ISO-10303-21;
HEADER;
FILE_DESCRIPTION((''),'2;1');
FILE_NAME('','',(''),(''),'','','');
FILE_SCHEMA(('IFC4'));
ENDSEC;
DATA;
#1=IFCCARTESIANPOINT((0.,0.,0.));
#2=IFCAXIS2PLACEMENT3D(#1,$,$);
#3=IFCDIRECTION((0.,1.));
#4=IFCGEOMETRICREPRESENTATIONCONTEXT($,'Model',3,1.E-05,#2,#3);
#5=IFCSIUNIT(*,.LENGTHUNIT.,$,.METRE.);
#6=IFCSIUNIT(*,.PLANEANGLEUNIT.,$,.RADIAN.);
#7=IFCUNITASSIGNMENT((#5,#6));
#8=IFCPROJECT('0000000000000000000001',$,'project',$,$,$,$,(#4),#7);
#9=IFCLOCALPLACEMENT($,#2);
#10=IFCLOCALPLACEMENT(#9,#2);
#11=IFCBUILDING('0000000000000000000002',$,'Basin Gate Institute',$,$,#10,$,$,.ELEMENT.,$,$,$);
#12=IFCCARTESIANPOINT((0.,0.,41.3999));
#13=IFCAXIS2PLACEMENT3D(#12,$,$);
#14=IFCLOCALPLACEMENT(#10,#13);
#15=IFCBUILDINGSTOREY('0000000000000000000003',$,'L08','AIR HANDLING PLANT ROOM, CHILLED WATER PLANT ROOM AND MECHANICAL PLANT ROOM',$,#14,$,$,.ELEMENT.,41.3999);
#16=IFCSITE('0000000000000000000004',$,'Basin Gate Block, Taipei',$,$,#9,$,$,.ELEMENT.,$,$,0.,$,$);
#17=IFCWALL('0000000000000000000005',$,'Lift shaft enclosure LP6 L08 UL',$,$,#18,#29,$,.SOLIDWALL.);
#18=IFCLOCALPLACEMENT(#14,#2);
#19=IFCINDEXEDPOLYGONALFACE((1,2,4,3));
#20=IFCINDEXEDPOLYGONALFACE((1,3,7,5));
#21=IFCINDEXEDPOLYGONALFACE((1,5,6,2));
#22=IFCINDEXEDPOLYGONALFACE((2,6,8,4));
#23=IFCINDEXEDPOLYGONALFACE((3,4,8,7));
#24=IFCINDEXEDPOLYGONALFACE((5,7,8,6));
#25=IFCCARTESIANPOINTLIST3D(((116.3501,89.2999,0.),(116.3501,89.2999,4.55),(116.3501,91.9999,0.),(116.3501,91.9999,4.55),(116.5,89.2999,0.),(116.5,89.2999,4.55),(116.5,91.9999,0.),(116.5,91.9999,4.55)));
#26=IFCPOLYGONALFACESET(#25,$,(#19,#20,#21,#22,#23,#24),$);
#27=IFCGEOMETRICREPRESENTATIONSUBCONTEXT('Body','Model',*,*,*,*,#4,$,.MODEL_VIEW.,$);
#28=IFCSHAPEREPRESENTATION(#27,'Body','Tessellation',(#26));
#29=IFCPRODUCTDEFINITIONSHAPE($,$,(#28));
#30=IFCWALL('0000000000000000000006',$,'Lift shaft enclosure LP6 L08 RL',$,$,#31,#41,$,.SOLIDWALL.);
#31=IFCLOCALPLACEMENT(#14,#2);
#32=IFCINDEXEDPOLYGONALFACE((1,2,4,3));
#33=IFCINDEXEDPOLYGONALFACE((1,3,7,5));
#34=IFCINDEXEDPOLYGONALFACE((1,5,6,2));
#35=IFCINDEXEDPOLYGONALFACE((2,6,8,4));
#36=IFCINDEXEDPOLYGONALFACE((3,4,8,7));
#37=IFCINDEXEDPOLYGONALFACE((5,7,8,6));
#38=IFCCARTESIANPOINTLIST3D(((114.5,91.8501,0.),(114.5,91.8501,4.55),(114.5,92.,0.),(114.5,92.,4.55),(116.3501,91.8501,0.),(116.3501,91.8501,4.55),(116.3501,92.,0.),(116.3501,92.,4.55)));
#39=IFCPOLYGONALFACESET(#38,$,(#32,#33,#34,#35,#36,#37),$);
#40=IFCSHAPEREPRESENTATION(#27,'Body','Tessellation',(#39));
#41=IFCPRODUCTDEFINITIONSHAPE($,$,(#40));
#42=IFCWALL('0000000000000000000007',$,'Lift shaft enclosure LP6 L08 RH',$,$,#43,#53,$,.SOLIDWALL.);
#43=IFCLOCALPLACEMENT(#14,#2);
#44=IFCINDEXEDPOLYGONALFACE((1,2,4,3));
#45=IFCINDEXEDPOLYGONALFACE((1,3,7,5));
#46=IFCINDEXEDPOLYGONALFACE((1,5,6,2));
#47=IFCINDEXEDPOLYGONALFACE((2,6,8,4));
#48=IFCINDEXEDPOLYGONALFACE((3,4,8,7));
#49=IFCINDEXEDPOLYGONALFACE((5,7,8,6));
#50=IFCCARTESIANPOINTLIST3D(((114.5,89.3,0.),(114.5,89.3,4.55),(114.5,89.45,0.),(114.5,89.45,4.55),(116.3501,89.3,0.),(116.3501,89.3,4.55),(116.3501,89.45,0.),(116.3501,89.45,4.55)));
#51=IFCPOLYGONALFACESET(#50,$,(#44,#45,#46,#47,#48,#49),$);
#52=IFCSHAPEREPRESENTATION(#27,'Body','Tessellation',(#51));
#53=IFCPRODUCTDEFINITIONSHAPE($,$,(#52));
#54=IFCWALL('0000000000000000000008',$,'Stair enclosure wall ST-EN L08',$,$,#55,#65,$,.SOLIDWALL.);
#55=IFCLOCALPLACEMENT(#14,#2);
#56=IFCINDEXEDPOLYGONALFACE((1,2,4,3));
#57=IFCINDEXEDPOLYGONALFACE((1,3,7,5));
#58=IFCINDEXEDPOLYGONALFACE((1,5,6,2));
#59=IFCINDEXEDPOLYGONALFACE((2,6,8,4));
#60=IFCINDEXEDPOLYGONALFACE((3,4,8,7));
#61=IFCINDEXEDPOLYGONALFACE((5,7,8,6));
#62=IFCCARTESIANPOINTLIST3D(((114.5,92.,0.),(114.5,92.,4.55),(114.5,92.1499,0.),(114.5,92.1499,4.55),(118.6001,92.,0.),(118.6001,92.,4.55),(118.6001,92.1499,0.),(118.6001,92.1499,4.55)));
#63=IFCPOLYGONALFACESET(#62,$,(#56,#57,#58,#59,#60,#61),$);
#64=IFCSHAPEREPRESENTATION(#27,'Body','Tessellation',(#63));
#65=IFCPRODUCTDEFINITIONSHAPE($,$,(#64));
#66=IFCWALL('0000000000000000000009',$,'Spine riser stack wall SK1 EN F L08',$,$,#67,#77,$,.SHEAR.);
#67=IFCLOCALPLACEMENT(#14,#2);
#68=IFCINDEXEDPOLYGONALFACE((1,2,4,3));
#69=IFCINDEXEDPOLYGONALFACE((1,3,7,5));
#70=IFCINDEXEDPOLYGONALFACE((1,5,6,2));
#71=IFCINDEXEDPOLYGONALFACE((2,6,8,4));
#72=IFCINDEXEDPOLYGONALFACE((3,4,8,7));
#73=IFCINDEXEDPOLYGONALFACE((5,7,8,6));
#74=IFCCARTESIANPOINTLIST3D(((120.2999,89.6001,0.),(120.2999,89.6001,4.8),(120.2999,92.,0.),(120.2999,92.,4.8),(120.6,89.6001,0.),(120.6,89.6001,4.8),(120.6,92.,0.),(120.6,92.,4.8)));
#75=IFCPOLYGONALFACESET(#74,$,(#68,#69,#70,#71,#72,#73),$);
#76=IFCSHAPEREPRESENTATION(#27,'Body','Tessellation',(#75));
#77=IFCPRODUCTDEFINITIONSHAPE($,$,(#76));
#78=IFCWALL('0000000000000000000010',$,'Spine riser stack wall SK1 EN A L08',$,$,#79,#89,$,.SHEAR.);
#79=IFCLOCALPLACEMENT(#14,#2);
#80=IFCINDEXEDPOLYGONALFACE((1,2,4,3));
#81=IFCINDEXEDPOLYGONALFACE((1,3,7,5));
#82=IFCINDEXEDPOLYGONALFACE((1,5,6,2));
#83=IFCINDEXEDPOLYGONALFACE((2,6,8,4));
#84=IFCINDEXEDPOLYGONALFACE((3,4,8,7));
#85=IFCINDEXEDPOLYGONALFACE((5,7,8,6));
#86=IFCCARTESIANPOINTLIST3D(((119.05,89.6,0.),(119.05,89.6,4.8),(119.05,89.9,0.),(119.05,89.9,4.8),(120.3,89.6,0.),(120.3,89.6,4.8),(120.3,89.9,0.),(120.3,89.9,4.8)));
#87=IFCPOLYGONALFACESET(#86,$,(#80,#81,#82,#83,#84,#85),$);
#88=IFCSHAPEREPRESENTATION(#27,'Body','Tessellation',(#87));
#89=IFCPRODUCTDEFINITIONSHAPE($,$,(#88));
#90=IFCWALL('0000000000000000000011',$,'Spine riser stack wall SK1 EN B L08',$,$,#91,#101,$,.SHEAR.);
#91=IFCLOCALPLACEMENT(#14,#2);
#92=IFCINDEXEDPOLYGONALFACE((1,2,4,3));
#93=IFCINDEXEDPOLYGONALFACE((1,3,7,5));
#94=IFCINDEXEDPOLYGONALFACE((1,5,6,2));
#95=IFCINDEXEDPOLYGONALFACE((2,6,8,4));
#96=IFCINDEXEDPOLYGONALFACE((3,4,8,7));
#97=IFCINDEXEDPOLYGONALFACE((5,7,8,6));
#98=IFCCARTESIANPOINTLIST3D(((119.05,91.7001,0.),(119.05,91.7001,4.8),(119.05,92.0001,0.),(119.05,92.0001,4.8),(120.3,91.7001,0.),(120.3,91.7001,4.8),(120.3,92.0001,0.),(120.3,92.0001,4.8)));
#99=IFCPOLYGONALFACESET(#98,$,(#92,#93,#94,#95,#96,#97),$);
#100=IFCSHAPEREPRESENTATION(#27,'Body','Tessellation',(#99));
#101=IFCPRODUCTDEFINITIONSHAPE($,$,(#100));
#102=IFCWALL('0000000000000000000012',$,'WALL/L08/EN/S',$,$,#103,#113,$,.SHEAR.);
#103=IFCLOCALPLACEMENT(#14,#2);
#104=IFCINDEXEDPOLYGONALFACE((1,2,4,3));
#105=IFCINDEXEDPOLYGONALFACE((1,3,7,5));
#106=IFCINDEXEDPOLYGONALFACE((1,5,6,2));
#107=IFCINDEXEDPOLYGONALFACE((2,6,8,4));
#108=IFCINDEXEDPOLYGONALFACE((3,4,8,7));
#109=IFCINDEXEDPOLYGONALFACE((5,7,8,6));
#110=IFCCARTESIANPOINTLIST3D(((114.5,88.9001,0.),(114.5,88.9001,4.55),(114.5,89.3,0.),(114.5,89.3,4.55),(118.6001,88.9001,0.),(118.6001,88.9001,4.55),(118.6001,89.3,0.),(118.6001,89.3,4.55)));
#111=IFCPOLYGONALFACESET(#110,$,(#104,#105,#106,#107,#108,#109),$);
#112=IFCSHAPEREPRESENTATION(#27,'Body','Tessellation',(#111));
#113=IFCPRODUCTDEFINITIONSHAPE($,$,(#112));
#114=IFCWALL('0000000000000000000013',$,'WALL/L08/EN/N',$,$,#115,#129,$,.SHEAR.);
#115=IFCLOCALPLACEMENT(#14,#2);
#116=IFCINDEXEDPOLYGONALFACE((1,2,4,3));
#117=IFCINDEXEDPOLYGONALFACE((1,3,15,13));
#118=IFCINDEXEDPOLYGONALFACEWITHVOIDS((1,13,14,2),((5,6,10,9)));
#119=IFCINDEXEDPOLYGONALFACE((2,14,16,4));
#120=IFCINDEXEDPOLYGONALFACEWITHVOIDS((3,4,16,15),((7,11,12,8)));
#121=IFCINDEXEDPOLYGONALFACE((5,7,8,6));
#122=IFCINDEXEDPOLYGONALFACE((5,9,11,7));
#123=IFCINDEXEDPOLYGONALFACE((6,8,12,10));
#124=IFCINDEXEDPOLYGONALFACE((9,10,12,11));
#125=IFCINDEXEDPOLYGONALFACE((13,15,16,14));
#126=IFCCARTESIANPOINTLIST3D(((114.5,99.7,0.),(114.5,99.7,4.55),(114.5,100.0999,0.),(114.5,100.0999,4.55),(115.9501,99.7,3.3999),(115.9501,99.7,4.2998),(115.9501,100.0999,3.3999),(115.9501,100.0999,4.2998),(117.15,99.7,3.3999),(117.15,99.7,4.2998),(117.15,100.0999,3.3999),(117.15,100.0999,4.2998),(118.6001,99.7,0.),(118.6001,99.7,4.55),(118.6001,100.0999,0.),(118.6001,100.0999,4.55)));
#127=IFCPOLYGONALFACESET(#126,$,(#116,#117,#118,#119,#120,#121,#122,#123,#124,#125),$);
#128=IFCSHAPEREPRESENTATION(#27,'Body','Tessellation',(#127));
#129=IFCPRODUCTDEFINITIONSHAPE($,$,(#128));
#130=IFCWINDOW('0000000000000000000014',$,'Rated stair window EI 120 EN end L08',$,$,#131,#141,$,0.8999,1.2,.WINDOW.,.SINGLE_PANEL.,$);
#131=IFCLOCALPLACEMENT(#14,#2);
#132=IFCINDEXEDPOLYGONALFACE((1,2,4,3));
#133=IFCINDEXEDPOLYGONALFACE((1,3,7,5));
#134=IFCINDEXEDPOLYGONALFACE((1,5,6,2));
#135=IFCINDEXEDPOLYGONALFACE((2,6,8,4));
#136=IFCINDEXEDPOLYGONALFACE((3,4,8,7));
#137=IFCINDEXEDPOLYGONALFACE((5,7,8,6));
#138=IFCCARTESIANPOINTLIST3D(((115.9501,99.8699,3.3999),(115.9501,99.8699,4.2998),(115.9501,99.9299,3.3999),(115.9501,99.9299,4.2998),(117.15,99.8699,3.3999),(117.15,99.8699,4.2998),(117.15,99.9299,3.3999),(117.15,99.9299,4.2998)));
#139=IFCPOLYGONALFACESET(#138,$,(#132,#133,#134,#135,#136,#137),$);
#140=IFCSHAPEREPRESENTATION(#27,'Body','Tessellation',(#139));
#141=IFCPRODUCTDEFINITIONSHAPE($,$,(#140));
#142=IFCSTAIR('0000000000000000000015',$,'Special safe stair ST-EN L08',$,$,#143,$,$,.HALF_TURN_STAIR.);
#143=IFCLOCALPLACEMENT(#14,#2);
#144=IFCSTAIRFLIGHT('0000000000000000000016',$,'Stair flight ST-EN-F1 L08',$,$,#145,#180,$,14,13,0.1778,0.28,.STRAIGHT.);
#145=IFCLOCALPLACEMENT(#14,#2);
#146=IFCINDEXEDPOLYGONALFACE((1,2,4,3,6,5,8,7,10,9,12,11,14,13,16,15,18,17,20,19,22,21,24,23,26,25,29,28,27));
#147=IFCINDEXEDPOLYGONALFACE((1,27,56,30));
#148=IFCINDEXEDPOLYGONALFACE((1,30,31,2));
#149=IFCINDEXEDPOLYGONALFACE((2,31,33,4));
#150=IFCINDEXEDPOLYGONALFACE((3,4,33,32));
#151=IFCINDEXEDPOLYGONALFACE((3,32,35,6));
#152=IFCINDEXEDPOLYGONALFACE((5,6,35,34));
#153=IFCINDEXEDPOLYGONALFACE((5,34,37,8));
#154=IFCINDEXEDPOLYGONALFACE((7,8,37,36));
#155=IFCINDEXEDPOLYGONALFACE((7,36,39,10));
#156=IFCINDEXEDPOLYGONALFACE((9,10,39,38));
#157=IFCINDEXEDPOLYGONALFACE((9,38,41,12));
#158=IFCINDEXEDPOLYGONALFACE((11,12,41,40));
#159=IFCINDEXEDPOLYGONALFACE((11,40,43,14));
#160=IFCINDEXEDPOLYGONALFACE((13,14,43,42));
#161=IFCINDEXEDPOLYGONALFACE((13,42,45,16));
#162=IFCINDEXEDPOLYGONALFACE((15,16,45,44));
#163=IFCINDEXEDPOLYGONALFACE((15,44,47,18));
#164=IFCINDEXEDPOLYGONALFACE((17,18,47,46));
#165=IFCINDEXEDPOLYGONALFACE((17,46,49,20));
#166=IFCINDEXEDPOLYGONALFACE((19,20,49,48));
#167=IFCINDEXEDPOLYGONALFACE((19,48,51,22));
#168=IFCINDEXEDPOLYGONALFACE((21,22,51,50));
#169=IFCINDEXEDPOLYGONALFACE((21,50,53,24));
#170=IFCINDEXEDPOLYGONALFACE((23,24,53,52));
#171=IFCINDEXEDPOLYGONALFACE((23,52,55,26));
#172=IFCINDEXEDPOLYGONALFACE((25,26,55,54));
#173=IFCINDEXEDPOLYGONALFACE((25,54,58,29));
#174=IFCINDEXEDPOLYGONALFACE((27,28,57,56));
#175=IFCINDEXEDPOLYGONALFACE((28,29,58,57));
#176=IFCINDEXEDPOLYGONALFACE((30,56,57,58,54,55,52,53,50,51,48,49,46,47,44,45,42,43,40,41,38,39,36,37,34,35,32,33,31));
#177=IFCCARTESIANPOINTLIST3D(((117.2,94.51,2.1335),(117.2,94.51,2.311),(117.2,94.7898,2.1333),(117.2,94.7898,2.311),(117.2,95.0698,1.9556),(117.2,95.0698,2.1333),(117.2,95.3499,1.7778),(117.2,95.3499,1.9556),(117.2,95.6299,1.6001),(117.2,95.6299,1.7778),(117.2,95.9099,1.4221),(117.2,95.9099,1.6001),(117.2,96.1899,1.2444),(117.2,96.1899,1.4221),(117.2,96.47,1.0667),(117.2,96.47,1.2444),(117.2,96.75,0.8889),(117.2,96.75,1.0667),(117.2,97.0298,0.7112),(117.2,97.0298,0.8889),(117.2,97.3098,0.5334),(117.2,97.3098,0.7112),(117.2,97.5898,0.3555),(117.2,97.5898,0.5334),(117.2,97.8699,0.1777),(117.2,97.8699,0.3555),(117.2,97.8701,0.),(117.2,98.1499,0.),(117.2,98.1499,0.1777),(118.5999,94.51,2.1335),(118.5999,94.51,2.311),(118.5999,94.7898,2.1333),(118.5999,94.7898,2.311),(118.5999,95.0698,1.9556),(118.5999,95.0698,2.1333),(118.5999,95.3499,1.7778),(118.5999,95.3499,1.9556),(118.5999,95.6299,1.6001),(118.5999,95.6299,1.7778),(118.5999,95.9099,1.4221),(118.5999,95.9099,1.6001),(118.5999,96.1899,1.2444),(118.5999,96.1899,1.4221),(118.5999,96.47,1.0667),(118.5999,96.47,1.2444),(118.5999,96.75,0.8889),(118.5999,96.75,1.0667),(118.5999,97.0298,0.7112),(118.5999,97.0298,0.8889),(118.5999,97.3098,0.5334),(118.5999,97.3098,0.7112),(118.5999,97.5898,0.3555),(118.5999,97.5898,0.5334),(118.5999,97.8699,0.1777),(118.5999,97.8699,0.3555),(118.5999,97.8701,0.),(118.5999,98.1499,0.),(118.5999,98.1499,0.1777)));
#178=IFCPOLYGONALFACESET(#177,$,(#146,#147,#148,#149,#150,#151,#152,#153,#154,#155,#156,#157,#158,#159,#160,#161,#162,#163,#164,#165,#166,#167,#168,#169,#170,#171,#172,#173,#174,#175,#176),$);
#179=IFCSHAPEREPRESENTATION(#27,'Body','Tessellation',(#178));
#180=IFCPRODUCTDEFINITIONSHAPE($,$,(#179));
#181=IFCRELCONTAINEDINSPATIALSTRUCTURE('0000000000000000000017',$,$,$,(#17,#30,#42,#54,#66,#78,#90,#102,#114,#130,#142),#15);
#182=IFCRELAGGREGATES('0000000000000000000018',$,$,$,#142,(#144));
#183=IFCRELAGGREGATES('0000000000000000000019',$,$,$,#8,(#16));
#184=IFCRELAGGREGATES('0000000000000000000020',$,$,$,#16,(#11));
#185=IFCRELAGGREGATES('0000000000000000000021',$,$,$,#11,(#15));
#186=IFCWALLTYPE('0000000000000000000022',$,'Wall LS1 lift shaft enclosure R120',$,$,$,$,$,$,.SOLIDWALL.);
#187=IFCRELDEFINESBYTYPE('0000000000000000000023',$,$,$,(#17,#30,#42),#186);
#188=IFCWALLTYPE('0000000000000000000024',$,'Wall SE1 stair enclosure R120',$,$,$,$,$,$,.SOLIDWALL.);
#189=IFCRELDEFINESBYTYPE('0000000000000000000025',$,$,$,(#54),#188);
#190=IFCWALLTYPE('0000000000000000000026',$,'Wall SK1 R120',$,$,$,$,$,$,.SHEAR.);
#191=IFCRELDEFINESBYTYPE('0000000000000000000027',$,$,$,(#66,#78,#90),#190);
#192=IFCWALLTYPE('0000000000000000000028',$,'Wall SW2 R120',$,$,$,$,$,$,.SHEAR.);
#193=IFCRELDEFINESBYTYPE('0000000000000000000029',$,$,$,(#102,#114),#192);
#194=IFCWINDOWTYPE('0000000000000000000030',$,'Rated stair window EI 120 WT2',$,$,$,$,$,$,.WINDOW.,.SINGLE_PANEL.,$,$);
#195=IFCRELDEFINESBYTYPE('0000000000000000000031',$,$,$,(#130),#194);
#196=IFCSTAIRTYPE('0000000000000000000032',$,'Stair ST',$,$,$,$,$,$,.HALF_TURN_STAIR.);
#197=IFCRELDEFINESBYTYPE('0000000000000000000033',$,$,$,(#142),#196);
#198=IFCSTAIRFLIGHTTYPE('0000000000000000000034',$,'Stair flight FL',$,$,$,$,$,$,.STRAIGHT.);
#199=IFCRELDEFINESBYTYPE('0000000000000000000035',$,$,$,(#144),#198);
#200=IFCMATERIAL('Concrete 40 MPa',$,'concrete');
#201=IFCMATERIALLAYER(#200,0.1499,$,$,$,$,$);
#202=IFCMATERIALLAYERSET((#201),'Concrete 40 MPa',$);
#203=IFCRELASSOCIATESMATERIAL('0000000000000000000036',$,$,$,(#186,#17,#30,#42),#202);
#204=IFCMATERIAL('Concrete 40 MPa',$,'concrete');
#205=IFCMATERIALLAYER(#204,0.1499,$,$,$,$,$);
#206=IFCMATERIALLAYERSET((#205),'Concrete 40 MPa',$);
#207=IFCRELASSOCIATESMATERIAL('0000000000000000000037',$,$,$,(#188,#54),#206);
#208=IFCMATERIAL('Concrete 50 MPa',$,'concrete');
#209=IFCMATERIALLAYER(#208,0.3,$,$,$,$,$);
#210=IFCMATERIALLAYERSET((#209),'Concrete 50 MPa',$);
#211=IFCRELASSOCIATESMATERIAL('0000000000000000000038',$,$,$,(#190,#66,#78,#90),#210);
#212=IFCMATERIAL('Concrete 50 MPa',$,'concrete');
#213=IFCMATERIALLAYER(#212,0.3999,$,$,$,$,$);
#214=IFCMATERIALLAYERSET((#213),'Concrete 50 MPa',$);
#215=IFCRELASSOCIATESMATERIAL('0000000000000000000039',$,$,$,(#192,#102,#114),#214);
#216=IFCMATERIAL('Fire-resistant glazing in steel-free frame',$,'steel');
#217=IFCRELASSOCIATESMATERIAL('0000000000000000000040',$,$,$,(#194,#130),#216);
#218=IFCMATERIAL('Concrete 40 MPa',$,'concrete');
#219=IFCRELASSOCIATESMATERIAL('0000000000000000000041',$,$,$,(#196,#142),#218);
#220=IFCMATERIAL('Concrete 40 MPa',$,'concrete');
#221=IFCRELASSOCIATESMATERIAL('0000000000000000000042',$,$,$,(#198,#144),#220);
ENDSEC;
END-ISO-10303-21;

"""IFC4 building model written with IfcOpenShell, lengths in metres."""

from ifc_helpers import new_model, si_unit, direction, frame, frame_2d, origin, place, context, subcontext, project, spatial, polyline, rectangle, outline, extrude, material, layer, layer_set, type_object, element, fill, aggregate, save


model = new_model("IFC4")

# Units and contexts
model_context = context("Model", 3, precision=1e-05, world=origin(), true_north=direction((0.0, 1.0)))
body_context = subcontext(model_context, "Body", "Model", "MODEL_VIEW")
ifc_project = project(units=[si_unit("LENGTHUNIT", "METRE"), si_unit("PLANEANGLEUNIT", "RADIAN")], contexts=[model_context])

# Site, building, storey
site_placement = place(None, origin())
site = spatial("IfcSite", under=ifc_project, at=site_placement, Name="Basin Gate Block, Taipei", CompositionType="ELEMENT", RefElevation=0.0)
building_placement = place(site_placement, origin())
building = spatial("IfcBuilding", under=site, at=building_placement, Name="Basin Gate Institute", CompositionType="ELEMENT")
storey_placement = place(building_placement, frame((0.0, 0.0, 41.3999)))
storey = spatial("IfcBuildingStorey", under=building, at=storey_placement, Name="L08", Description="AIR HANDLING PLANT ROOM, CHILLED WATER PLANT ROOM AND MECHANICAL PLANT ROOM", CompositionType="ELEMENT", Elevation=41.3999)

# Walls
ifc_material_1 = material(Name="Concrete 40 MPa", Category="concrete")
ifc_layer_1 = layer(ifc_material_1, 0.1499)
ifc_layer_set_1 = layer_set([ifc_layer_1], Name="Concrete 40 MPa")
wall_type_1 = type_object("IfcWallType", Name="Wall LS1 lift shaft enclosure R120", PredefinedType="SOLIDWALL", material=ifc_layer_set_1)
wall_1_placement = place(storey_placement, frame((116.425, 92.0, 0.0), z_axis=(0.0, 0.0, 1.0), x_axis=(0.0, -1.0, 0.0)))
element("IfcWall", 1, at=wall_1_placement, inside=storey, type_object=wall_type_1, material=ifc_layer_set_1, Name="Lift shaft enclosure LP6 L08 UL", PredefinedType="SOLIDWALL", context=body_context, shape_type="SweptSolid", body=[
    extrude(rectangle(XDim=2.7, YDim=0.1499, at=frame_2d((1.3501, 0.0))), origin(), (0.0, 0.0, 1.0), 4.55),
])
for number, where, z_axis, x_axis, name in (
    (2, (116.3501, 91.925, 0.0), (0.0, 0.0, 1.0), (-1.0, 0.0, 0.0), "Lift shaft enclosure LP6 L08 RL"),
    (3, (116.3501, 89.375, 0.0), (0.0, 0.0, 1.0), (-1.0, 0.0, 0.0), "Lift shaft enclosure LP6 L08 RH"),
):
    element("IfcWall", number, at=place(storey_placement, frame(where, z_axis=z_axis, x_axis=x_axis)), inside=storey, type_object=wall_type_1, material=ifc_layer_set_1, Name=name, PredefinedType="SOLIDWALL", context=body_context, shape_type="SweptSolid", body=[
        extrude(rectangle(XDim=1.8501, YDim=0.1499, at=frame_2d((0.925, 0.0))), origin(), (0.0, 0.0, 1.0), 4.55),
    ])
ifc_material_2 = material(Name="Concrete 40 MPa", Category="concrete")
ifc_layer_2 = layer(ifc_material_2, 0.1499)
ifc_layer_set_2 = layer_set([ifc_layer_2], Name="Concrete 40 MPa")
wall_type_2 = type_object("IfcWallType", Name="Wall SE1 stair enclosure R120", PredefinedType="SOLIDWALL", material=ifc_layer_set_2)
wall_2_placement = place(storey_placement, frame((118.6001, 92.075, 0.0), z_axis=(0.0, 0.0, 1.0), x_axis=(-1.0, 0.0, 0.0)))
element("IfcWall", 4, at=wall_2_placement, inside=storey, type_object=wall_type_2, material=ifc_layer_set_2, Name="Stair enclosure wall ST-EN L08", PredefinedType="SOLIDWALL", context=body_context, shape_type="SweptSolid", body=[
    extrude(rectangle(XDim=4.1001, YDim=0.1499, at=frame_2d((2.05, 0.0))), origin(), (0.0, 0.0, 1.0), 4.55),
])
ifc_material_3 = material(Name="Concrete 50 MPa", Category="concrete")
ifc_layer_3 = layer(ifc_material_3, 0.3)
ifc_layer_set_3 = layer_set([ifc_layer_3], Name="Concrete 50 MPa")
wall_type_3 = type_object("IfcWallType", Name="Wall SK1 R120", PredefinedType="SHEAR", material=ifc_layer_set_3)
wall_3_placement = place(storey_placement, frame((120.45, 89.6001, 0.0), z_axis=(0.0, 0.0, 1.0), x_axis=(0.0, 1.0, 0.0)))
element("IfcWall", 5, at=wall_3_placement, inside=storey, type_object=wall_type_3, material=ifc_layer_set_3, Name="Spine riser stack wall SK1 EN F L08", PredefinedType="SHEAR", context=body_context, shape_type="SweptSolid", body=[
    extrude(rectangle(XDim=2.3999, YDim=0.3, at=frame_2d((1.2, 0.0))), origin(), (0.0, 0.0, 1.0), 4.8),
])
for number, where, z_axis, x_axis, name in (
    (6, (119.05, 89.75, 0.0), (0.0, 0.0, 1.0), (1.0, 0.0, 0.0), "Spine riser stack wall SK1 EN A L08"),
    (7, (119.05, 91.8501, 0.0), (0.0, 0.0, 1.0), (1.0, 0.0, 0.0), "Spine riser stack wall SK1 EN B L08"),
):
    element("IfcWall", number, at=place(storey_placement, frame(where, z_axis=z_axis, x_axis=x_axis)), inside=storey, type_object=wall_type_3, material=ifc_layer_set_3, Name=name, PredefinedType="SHEAR", context=body_context, shape_type="SweptSolid", body=[
        extrude(rectangle(XDim=1.25, YDim=0.3, at=frame_2d((0.625, 0.0))), origin(), (0.0, 0.0, 1.0), 4.8),
    ])
ifc_material_4 = material(Name="Concrete 50 MPa", Category="concrete")
ifc_layer_4 = layer(ifc_material_4, 0.3999)
ifc_layer_set_4 = layer_set([ifc_layer_4], Name="Concrete 50 MPa")
wall_type_4 = type_object("IfcWallType", Name="Wall SW2 R120", PredefinedType="SHEAR", material=ifc_layer_set_4)
wall_4_placement = place(storey_placement, frame((118.6001, 89.1001, 0.0), z_axis=(0.0, 0.0, 1.0), x_axis=(-1.0, 0.0, 0.0)))
element("IfcWall", 8, at=wall_4_placement, inside=storey, type_object=wall_type_4, material=ifc_layer_set_4, Name="WALL/L08/EN/S", PredefinedType="SHEAR", context=body_context, shape_type="SweptSolid", body=[
    extrude(rectangle(XDim=4.1001, YDim=0.3999, at=frame_2d((2.05, 0.0))), origin(), (0.0, 0.0, 1.0), 4.55),
])

# Wall, opening, window
wall_5_placement = place(storey_placement, frame((118.6001, 99.8999, 0.0), z_axis=(0.0, 0.0, 1.0), x_axis=(-1.0, 0.0, 0.0)))
wall_5 = element("IfcWall", 9, at=wall_5_placement, inside=storey, type_object=wall_type_4, material=ifc_layer_set_4, Name="WALL/L08/EN/N", PredefinedType="SHEAR", context=body_context, shape_type="SweptSolid", body=[
    extrude(rectangle(XDim=4.1001, YDim=0.3999, at=frame_2d((2.05, 0.0))), origin(), (0.0, 0.0, 1.0), 4.55),
])
opening_placement = place(wall_5_placement, frame((1.45, 0.0, 3.3999)))
opening = element("IfcOpeningElement", 10, at=opening_placement, cuts=wall_5, PredefinedType="OPENING", context=body_context, shape_type="SweptSolid", body=[
    extrude(rectangle(XDim=1.2, YDim=0.8999, at=frame_2d((0.6001, 0.45))), frame((0.0, 0.21, 0.0), z_axis=(0.0, -1.0, 0.0), x_axis=(1.0, 0.0, 0.0)), (0.0, 0.0, 1.0), 0.4199),
])
ifc_material_5 = material(Name="Fire-resistant glazing in steel-free frame", Category="steel")
window_type = type_object("IfcWindowType", Name="Rated stair window EI 120 WT2", PartitioningType="SINGLE_PANEL", PredefinedType="WINDOW", material=ifc_material_5)
window_placement = place(opening_placement, origin())
window = element("IfcWindow", 11, at=window_placement, inside=storey, type_object=window_type, material=ifc_material_5, Name="Rated stair window EI 120 EN end L08", OverallHeight=0.8999, OverallWidth=1.2, PartitioningType="SINGLE_PANEL", PredefinedType="WINDOW", context=body_context, shape_type="SweptSolid", body=[
    extrude(rectangle(XDim=1.2, YDim=0.8999, at=frame_2d((0.6001, 0.45))), frame((0.0, 0.03, 0.0), z_axis=(0.0, -1.0, 0.0), x_axis=(1.0, 0.0, 0.0)), (0.0, 0.0, 1.0), 0.0601),
])
fill(opening, window)

# Stair, stair flight
ifc_material_6 = material(Name="Concrete 40 MPa", Category="concrete")
stair_type = type_object("IfcStairType", Name="Stair ST", PredefinedType="HALF_TURN_STAIR", material=ifc_material_6)
stair_placement = place(storey_placement, origin())
stair = element("IfcStair", 12, at=stair_placement, inside=storey, type_object=stair_type, material=ifc_material_6, Name="Special safe stair ST-EN L08", PredefinedType="HALF_TURN_STAIR")
ifc_material_7 = material(Name="Concrete 40 MPa", Category="concrete")
stair_flight_type = type_object("IfcStairFlightType", Name="Stair flight FL", PredefinedType="STRAIGHT", material=ifc_material_7)
stair_flight_1_placement = place(storey_placement, frame((117.8999, 98.1499, 0.0), z_axis=(0.0, 0.0, 1.0), x_axis=(0.0, -1.0, 0.0)))
stair_flight_1 = element("IfcStairFlight", 13, at=stair_flight_1_placement, type_object=stair_flight_type, material=ifc_material_7, Name="Stair flight ST-EN-F1 L08", NumberOfRisers=14, NumberOfTreads=13, PredefinedType="STRAIGHT", RiserHeight=0.1778, TreadLength=0.28, context=body_context, shape_type="SweptSolid", body=[
    extrude(outline(polyline([(0.0, 0.0), (0.0, 0.1777), (0.28, 0.1777), (0.28, 0.3555), (0.5601, 0.3555), (0.5601, 0.5334), (0.8401, 0.5334), (0.8401, 0.7112), (1.1201, 0.7112), (1.1201, 0.8889), (1.3999, 0.8889), (1.3999, 1.0667), (1.6799, 1.0667), (1.6799, 1.2444), (1.96, 1.2444), (1.96, 1.4221), (2.24, 1.4221), (2.24, 1.6001), (2.52, 1.6001), (2.52, 1.7778), (2.8, 1.7778), (2.8, 1.9556), (3.0801, 1.9556), (3.0801, 2.1333), (3.3601, 2.1333), (3.3601, 2.311), (3.6399, 2.311), (3.6399, 2.4888), (3.6399, 2.1335), (0.2798, 0.0), (0.0, 0.0)])), frame((0.0, 0.7, 0.0), z_axis=(0.0, -1.0, 0.0), x_axis=(1.0, 0.0, 0.0)), (0.0, 0.0, 1.0), 1.3999),
])
aggregate(stair, [stair_flight_1])

save(model, "model.ifc")
